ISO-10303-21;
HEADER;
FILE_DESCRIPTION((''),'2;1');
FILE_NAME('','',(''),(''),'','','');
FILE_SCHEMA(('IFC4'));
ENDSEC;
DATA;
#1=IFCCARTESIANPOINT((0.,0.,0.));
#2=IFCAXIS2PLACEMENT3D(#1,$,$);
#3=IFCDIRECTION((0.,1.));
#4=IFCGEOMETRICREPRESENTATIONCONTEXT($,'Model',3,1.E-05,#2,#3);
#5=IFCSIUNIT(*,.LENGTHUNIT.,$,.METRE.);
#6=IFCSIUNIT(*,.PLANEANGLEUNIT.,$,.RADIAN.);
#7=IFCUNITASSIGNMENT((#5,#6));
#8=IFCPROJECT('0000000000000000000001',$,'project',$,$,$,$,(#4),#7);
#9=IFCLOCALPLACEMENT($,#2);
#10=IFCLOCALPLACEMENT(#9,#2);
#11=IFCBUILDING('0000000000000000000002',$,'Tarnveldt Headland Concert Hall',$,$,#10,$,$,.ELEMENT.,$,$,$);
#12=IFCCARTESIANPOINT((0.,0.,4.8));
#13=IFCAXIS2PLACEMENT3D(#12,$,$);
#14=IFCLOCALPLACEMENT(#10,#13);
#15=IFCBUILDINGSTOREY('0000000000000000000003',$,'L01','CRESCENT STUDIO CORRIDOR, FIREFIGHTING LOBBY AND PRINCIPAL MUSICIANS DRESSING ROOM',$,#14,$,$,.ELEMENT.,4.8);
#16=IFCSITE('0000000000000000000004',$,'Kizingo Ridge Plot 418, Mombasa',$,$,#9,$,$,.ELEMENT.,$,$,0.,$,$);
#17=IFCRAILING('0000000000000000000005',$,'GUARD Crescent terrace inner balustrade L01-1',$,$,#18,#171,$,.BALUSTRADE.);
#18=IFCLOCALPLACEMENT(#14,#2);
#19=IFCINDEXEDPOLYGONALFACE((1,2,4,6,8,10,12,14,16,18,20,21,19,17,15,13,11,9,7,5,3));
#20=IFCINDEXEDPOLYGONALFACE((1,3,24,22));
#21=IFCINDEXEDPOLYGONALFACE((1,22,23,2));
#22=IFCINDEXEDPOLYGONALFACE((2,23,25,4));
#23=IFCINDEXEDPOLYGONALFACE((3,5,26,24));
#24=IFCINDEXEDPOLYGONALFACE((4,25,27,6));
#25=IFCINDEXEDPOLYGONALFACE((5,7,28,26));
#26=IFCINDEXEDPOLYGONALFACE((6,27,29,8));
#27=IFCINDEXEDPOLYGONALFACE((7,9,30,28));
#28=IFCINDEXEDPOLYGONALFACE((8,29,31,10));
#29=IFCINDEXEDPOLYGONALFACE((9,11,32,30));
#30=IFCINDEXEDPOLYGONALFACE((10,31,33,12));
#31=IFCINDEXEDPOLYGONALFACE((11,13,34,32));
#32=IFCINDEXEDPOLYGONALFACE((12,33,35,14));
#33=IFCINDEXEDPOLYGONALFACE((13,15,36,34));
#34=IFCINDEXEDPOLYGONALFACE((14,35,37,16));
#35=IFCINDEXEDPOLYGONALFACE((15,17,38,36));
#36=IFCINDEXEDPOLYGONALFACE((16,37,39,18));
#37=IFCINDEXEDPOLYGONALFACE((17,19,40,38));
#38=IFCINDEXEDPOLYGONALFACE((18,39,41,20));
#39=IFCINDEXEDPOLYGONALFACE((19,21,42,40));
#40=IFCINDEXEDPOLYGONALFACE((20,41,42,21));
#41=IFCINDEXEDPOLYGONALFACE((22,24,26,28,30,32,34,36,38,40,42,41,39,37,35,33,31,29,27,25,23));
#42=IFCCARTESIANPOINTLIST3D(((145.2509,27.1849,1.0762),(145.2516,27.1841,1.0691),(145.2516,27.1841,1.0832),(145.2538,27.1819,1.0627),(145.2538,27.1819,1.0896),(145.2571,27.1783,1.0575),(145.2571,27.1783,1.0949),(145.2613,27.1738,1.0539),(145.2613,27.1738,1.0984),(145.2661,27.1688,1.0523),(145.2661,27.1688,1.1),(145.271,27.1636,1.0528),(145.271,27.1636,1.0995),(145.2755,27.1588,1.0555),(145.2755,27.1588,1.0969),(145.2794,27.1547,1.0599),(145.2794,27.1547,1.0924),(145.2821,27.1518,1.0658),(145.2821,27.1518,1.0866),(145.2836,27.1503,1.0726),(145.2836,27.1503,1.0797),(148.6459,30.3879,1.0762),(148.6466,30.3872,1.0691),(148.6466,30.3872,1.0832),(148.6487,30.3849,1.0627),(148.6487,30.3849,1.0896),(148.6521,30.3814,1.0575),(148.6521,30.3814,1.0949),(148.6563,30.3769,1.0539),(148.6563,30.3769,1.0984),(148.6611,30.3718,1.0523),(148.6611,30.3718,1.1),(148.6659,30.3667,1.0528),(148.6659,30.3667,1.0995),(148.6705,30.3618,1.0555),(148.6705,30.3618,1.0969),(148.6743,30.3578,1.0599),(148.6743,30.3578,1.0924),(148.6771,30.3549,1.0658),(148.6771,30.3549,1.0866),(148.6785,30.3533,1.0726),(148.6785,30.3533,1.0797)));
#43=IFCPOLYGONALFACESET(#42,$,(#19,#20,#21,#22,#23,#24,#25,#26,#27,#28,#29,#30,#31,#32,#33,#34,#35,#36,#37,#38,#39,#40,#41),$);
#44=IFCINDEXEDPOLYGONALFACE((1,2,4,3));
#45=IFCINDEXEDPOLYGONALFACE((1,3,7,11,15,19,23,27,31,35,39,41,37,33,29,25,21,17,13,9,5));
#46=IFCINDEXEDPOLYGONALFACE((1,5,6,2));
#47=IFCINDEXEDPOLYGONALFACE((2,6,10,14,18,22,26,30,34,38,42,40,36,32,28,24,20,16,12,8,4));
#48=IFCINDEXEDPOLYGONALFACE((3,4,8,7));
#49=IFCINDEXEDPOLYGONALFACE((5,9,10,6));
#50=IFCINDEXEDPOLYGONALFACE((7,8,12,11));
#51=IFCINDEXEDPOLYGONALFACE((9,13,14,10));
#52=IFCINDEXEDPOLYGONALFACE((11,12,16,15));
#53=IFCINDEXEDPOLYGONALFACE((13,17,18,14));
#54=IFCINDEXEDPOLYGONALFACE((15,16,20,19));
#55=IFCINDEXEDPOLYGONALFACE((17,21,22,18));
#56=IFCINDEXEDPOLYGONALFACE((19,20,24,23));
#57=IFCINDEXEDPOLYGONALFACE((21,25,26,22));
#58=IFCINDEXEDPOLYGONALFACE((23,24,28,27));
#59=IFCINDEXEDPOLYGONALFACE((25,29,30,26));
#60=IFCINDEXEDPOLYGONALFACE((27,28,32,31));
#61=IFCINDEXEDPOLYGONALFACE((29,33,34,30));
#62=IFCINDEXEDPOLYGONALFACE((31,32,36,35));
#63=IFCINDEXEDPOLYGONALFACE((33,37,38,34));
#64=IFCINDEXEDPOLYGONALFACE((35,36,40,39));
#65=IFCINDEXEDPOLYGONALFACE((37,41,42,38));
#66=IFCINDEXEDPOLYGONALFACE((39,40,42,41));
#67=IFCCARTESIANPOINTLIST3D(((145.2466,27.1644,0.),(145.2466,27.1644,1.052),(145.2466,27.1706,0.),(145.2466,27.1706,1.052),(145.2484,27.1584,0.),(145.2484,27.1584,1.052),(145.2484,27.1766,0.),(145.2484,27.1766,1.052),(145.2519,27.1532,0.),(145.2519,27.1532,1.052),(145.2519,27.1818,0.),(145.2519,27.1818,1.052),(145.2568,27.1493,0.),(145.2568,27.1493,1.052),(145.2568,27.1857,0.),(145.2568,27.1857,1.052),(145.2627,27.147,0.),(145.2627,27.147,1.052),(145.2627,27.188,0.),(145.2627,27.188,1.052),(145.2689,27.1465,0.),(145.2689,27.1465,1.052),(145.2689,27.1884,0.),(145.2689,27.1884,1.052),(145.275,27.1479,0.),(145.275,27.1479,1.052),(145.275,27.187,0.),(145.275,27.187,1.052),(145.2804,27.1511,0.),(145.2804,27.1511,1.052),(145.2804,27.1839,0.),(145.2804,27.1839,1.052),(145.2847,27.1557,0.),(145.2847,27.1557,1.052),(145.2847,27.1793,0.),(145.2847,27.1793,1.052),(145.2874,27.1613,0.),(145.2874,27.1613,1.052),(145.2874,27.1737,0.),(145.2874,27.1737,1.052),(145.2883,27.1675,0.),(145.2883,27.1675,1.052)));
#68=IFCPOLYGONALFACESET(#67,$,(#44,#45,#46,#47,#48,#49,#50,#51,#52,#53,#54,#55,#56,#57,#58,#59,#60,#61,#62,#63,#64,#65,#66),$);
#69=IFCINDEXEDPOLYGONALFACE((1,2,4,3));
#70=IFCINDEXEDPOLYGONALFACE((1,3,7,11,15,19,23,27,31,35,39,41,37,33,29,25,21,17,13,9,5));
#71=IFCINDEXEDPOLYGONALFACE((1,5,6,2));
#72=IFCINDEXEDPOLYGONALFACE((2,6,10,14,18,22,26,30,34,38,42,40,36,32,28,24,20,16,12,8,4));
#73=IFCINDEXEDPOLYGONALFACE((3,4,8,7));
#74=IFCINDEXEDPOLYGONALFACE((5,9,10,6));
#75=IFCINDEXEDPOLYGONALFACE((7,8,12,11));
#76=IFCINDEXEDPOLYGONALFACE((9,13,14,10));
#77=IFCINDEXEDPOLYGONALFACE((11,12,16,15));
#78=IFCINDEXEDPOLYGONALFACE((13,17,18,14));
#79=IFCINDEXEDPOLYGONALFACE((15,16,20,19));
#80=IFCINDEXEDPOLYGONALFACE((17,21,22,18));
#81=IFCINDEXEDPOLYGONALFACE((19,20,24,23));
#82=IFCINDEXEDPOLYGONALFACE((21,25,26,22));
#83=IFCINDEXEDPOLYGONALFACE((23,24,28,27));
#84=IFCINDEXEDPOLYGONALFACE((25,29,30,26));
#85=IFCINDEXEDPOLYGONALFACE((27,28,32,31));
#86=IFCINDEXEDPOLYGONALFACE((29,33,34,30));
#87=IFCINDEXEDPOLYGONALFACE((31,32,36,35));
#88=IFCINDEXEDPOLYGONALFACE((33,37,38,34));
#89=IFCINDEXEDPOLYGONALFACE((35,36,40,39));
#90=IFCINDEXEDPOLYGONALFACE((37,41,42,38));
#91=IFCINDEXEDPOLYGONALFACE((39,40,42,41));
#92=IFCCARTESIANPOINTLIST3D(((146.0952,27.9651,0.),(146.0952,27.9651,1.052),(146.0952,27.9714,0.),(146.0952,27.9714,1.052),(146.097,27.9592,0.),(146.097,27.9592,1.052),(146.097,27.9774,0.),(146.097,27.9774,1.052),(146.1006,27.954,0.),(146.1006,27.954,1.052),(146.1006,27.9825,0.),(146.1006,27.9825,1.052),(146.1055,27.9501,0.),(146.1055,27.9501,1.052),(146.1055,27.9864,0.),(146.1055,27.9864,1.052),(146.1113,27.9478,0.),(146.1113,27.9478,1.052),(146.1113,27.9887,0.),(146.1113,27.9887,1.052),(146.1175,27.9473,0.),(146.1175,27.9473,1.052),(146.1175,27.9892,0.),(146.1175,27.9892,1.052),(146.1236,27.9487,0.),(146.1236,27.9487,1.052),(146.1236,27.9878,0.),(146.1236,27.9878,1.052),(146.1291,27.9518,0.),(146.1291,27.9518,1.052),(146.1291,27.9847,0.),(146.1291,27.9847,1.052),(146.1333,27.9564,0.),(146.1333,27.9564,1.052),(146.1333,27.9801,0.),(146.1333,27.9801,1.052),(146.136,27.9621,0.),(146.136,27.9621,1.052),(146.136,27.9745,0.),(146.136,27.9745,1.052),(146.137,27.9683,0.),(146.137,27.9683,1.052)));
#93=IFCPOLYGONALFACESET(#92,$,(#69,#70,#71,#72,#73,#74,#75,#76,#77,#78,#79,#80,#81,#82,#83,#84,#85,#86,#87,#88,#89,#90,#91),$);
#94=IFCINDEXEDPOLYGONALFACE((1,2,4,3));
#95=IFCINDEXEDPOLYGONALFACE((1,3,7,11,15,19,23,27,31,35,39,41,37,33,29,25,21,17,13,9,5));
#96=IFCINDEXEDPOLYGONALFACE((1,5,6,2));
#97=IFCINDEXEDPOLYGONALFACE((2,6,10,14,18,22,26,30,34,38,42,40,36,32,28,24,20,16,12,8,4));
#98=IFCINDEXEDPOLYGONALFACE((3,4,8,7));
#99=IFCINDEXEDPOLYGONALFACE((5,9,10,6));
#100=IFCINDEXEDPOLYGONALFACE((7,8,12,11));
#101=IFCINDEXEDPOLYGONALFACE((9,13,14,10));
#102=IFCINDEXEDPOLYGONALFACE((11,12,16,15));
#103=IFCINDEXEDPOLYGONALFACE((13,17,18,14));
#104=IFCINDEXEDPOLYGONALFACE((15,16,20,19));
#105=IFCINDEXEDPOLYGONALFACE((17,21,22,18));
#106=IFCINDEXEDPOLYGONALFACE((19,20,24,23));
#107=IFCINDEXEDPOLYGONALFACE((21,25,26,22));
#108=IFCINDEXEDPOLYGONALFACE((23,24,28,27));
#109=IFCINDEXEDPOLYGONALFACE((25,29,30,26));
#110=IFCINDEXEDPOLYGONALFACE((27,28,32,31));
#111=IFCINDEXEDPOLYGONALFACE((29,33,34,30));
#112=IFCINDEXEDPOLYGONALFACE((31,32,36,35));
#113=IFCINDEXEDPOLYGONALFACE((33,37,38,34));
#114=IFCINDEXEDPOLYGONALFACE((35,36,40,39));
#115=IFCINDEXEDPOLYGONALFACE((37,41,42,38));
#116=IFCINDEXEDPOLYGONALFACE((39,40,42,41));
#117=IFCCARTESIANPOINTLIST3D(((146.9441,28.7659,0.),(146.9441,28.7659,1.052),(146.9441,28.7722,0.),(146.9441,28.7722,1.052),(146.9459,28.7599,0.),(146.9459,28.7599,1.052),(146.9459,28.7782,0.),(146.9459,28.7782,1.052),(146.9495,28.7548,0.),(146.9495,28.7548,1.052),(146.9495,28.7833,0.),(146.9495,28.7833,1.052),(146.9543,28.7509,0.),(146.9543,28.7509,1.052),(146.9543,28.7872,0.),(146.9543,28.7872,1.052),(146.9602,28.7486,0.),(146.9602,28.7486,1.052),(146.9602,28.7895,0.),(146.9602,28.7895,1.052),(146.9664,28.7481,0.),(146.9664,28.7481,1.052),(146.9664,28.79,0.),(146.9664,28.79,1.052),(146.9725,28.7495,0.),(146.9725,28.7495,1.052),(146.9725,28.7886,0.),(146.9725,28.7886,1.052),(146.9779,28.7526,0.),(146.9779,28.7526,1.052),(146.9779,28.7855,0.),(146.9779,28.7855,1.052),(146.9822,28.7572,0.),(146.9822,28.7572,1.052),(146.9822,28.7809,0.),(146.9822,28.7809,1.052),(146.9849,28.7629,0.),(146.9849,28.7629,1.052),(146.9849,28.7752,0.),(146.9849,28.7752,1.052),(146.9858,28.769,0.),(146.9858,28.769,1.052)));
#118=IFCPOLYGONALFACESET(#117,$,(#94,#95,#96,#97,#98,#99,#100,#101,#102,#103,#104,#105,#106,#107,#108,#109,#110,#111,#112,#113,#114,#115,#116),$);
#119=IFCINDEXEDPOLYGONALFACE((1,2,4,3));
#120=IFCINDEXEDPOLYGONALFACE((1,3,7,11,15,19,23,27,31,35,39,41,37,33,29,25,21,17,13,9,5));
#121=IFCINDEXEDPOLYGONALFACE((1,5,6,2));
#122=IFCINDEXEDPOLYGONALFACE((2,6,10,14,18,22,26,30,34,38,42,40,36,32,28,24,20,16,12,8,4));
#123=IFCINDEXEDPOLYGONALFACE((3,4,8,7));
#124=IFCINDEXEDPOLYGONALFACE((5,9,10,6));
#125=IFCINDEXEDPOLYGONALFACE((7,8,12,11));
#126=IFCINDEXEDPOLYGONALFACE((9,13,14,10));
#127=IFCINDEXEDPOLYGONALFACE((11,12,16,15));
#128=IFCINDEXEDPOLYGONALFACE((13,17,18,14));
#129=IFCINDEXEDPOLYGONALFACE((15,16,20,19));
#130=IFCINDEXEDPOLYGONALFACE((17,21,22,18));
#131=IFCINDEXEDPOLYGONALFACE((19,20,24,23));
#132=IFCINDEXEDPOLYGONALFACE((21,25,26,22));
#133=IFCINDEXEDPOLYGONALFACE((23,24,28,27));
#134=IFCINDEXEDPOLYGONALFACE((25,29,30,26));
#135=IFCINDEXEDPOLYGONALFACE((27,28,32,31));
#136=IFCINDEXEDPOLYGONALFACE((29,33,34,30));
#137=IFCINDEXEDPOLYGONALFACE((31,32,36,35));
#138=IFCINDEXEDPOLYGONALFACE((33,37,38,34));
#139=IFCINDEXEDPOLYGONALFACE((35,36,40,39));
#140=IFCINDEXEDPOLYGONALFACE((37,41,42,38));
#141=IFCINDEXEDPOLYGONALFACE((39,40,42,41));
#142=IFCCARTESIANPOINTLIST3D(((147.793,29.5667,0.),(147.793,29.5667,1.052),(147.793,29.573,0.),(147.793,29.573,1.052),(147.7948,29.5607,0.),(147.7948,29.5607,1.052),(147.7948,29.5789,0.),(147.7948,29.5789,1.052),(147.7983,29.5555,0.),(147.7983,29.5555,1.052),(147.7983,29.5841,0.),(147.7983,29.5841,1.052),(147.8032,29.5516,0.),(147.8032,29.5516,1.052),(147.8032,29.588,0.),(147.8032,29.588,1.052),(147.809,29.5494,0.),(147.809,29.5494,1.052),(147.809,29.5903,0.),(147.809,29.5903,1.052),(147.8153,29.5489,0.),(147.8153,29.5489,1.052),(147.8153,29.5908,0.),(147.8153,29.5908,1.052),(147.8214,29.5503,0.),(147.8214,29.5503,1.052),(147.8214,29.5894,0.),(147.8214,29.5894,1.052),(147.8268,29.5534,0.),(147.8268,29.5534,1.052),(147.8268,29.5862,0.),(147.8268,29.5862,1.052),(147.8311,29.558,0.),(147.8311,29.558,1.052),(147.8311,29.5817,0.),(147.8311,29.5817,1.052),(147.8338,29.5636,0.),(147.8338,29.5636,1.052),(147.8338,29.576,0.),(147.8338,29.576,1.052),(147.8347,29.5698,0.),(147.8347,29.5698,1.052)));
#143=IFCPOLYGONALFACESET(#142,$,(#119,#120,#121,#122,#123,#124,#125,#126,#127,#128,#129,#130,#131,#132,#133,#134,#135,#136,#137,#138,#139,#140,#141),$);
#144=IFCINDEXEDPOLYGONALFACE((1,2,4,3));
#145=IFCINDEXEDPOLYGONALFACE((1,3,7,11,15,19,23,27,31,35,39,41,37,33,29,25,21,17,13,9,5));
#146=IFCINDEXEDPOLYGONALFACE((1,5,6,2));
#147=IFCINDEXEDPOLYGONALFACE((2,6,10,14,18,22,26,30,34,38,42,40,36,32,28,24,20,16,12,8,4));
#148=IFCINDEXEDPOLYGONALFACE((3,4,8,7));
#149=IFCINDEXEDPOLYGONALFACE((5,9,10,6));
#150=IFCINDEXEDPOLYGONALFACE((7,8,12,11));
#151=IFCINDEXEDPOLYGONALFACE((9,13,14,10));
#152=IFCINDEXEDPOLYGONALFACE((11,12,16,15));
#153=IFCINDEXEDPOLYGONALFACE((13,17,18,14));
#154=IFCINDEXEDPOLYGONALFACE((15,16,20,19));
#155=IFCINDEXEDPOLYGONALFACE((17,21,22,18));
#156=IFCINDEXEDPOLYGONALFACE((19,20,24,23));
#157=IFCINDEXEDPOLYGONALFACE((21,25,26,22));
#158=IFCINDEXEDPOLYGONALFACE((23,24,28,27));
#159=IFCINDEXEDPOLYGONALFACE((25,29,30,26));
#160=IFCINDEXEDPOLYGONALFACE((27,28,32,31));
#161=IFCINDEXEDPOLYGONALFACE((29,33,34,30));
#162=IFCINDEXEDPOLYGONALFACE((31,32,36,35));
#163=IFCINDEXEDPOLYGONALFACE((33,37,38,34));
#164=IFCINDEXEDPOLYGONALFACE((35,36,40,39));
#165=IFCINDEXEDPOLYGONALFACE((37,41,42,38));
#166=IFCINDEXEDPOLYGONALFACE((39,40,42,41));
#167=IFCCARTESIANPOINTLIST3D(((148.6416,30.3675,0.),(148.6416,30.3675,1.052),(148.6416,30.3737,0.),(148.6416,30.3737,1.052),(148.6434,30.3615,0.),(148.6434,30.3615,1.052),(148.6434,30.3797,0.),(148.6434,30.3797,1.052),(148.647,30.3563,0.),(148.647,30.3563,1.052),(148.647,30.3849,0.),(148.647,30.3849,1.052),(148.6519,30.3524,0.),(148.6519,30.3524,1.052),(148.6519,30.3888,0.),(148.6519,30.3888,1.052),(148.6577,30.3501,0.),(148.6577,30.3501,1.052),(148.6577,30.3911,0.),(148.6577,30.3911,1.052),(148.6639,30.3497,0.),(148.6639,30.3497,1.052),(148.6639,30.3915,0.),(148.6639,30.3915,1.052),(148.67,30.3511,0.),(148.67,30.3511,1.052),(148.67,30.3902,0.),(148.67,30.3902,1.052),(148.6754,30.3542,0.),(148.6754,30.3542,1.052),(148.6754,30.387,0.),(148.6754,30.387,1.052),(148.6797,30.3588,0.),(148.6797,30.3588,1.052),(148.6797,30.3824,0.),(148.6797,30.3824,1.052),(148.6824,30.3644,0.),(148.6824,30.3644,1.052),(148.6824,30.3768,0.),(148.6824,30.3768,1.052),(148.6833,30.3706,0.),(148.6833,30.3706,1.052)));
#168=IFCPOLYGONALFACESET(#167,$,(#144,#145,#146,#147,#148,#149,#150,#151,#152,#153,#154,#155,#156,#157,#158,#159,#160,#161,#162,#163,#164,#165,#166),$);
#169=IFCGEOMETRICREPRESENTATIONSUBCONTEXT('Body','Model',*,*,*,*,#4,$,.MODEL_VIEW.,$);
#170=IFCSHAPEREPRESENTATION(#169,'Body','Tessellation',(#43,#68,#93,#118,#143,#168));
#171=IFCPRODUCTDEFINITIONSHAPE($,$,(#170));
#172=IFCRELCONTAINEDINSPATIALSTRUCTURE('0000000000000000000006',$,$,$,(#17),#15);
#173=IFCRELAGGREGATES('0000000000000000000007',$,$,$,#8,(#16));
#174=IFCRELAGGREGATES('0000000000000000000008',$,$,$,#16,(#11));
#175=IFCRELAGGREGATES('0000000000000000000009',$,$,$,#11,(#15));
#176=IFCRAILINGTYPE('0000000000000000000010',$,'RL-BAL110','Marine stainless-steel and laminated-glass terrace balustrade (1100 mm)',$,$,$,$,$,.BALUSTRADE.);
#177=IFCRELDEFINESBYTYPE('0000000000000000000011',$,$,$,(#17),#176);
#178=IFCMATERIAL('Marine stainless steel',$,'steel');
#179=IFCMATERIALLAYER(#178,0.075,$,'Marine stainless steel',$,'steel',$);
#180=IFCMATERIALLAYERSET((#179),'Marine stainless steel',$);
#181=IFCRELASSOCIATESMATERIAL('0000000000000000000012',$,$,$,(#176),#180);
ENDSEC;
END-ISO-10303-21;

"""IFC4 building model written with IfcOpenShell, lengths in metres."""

from ifc_helpers import new_model, si_unit, direction, frame, origin, origin_2d, place, context, subcontext, project, spatial, circle, extrude, material, layer, layer_set, type_object, element, save


model = new_model("IFC4")

# Units and contexts
model_context = context("Model", 3, precision=1e-05, world=origin(), true_north=direction((0.0, 1.0)))
body_context = subcontext(model_context, "Body", "Model", "MODEL_VIEW")
ifc_project = project(units=[si_unit("LENGTHUNIT", "METRE"), si_unit("PLANEANGLEUNIT", "RADIAN")], contexts=[model_context])

# Site, building, storey
site_placement = place(None, origin())
site = spatial("IfcSite", under=ifc_project, at=site_placement, Name="Kizingo Ridge Plot 418, Mombasa", CompositionType="ELEMENT", RefElevation=0.0)
building_placement = place(site_placement, origin())
building = spatial("IfcBuilding", under=site, at=building_placement, Name="Tarnveldt Headland Concert Hall", CompositionType="ELEMENT")
storey_placement = place(building_placement, frame((0.0, 0.0, 4.8)))
storey = spatial("IfcBuildingStorey", under=building, at=storey_placement, Name="L01", Description="CRESCENT STUDIO CORRIDOR, FIREFIGHTING LOBBY AND PRINCIPAL MUSICIANS DRESSING ROOM", CompositionType="ELEMENT", Elevation=4.8)

# Railing
ifc_material_1 = material(Name="Marine stainless steel", Category="steel")
ifc_layer_1 = layer(ifc_material_1, 0.075, Name="Marine stainless steel", Category="steel")
ifc_layer_set_1 = layer_set([ifc_layer_1], Name="Marine stainless steel")
railing_type = type_object("IfcRailingType", Name="RL-BAL110", Description="Marine stainless-steel and laminated-glass terrace balustrade (1100 mm)", PredefinedType="BALUSTRADE", material=ifc_layer_set_1)
railing_1_placement = place(storey_placement, frame((145.2673, 27.1675, 0.0)))
element("IfcRailing", 1, at=railing_1_placement, inside=storey, type_object=railing_type, Name="GUARD Crescent terrace inner balustrade L01-1", PredefinedType="BALUSTRADE", context=body_context, shape_type="SweptSolid", body=[
    extrude(circle(Radius=0.0239, at=origin_2d()), frame((0.0, 0.0, 1.0762), z_axis=(0.727364, 0.686252, 0.0), x_axis=(-0.686252, 0.727364, 0.0)), (0.0, 0.0, 1.0), 4.6675),
    extrude(circle(Radius=0.021, at=origin_2d()), origin(), (0.0, 0.0, 1.0), 1.052),
    extrude(circle(Radius=0.021, at=origin_2d()), frame((0.8486, 0.8008, 0.0)), (0.0, 0.0, 1.0), 1.052),
    extrude(circle(Radius=0.021, at=origin_2d()), frame((1.6975, 1.6016, 0.0)), (0.0, 0.0, 1.0), 1.052),
    extrude(circle(Radius=0.021, at=origin_2d()), frame((2.5464, 2.4023, 0.0)), (0.0, 0.0, 1.0), 1.052),
    extrude(circle(Radius=0.021, at=origin_2d()), frame((3.395, 3.2031, 0.0)), (0.0, 0.0, 1.0), 1.052),
])

save(model, "model.ifc")
